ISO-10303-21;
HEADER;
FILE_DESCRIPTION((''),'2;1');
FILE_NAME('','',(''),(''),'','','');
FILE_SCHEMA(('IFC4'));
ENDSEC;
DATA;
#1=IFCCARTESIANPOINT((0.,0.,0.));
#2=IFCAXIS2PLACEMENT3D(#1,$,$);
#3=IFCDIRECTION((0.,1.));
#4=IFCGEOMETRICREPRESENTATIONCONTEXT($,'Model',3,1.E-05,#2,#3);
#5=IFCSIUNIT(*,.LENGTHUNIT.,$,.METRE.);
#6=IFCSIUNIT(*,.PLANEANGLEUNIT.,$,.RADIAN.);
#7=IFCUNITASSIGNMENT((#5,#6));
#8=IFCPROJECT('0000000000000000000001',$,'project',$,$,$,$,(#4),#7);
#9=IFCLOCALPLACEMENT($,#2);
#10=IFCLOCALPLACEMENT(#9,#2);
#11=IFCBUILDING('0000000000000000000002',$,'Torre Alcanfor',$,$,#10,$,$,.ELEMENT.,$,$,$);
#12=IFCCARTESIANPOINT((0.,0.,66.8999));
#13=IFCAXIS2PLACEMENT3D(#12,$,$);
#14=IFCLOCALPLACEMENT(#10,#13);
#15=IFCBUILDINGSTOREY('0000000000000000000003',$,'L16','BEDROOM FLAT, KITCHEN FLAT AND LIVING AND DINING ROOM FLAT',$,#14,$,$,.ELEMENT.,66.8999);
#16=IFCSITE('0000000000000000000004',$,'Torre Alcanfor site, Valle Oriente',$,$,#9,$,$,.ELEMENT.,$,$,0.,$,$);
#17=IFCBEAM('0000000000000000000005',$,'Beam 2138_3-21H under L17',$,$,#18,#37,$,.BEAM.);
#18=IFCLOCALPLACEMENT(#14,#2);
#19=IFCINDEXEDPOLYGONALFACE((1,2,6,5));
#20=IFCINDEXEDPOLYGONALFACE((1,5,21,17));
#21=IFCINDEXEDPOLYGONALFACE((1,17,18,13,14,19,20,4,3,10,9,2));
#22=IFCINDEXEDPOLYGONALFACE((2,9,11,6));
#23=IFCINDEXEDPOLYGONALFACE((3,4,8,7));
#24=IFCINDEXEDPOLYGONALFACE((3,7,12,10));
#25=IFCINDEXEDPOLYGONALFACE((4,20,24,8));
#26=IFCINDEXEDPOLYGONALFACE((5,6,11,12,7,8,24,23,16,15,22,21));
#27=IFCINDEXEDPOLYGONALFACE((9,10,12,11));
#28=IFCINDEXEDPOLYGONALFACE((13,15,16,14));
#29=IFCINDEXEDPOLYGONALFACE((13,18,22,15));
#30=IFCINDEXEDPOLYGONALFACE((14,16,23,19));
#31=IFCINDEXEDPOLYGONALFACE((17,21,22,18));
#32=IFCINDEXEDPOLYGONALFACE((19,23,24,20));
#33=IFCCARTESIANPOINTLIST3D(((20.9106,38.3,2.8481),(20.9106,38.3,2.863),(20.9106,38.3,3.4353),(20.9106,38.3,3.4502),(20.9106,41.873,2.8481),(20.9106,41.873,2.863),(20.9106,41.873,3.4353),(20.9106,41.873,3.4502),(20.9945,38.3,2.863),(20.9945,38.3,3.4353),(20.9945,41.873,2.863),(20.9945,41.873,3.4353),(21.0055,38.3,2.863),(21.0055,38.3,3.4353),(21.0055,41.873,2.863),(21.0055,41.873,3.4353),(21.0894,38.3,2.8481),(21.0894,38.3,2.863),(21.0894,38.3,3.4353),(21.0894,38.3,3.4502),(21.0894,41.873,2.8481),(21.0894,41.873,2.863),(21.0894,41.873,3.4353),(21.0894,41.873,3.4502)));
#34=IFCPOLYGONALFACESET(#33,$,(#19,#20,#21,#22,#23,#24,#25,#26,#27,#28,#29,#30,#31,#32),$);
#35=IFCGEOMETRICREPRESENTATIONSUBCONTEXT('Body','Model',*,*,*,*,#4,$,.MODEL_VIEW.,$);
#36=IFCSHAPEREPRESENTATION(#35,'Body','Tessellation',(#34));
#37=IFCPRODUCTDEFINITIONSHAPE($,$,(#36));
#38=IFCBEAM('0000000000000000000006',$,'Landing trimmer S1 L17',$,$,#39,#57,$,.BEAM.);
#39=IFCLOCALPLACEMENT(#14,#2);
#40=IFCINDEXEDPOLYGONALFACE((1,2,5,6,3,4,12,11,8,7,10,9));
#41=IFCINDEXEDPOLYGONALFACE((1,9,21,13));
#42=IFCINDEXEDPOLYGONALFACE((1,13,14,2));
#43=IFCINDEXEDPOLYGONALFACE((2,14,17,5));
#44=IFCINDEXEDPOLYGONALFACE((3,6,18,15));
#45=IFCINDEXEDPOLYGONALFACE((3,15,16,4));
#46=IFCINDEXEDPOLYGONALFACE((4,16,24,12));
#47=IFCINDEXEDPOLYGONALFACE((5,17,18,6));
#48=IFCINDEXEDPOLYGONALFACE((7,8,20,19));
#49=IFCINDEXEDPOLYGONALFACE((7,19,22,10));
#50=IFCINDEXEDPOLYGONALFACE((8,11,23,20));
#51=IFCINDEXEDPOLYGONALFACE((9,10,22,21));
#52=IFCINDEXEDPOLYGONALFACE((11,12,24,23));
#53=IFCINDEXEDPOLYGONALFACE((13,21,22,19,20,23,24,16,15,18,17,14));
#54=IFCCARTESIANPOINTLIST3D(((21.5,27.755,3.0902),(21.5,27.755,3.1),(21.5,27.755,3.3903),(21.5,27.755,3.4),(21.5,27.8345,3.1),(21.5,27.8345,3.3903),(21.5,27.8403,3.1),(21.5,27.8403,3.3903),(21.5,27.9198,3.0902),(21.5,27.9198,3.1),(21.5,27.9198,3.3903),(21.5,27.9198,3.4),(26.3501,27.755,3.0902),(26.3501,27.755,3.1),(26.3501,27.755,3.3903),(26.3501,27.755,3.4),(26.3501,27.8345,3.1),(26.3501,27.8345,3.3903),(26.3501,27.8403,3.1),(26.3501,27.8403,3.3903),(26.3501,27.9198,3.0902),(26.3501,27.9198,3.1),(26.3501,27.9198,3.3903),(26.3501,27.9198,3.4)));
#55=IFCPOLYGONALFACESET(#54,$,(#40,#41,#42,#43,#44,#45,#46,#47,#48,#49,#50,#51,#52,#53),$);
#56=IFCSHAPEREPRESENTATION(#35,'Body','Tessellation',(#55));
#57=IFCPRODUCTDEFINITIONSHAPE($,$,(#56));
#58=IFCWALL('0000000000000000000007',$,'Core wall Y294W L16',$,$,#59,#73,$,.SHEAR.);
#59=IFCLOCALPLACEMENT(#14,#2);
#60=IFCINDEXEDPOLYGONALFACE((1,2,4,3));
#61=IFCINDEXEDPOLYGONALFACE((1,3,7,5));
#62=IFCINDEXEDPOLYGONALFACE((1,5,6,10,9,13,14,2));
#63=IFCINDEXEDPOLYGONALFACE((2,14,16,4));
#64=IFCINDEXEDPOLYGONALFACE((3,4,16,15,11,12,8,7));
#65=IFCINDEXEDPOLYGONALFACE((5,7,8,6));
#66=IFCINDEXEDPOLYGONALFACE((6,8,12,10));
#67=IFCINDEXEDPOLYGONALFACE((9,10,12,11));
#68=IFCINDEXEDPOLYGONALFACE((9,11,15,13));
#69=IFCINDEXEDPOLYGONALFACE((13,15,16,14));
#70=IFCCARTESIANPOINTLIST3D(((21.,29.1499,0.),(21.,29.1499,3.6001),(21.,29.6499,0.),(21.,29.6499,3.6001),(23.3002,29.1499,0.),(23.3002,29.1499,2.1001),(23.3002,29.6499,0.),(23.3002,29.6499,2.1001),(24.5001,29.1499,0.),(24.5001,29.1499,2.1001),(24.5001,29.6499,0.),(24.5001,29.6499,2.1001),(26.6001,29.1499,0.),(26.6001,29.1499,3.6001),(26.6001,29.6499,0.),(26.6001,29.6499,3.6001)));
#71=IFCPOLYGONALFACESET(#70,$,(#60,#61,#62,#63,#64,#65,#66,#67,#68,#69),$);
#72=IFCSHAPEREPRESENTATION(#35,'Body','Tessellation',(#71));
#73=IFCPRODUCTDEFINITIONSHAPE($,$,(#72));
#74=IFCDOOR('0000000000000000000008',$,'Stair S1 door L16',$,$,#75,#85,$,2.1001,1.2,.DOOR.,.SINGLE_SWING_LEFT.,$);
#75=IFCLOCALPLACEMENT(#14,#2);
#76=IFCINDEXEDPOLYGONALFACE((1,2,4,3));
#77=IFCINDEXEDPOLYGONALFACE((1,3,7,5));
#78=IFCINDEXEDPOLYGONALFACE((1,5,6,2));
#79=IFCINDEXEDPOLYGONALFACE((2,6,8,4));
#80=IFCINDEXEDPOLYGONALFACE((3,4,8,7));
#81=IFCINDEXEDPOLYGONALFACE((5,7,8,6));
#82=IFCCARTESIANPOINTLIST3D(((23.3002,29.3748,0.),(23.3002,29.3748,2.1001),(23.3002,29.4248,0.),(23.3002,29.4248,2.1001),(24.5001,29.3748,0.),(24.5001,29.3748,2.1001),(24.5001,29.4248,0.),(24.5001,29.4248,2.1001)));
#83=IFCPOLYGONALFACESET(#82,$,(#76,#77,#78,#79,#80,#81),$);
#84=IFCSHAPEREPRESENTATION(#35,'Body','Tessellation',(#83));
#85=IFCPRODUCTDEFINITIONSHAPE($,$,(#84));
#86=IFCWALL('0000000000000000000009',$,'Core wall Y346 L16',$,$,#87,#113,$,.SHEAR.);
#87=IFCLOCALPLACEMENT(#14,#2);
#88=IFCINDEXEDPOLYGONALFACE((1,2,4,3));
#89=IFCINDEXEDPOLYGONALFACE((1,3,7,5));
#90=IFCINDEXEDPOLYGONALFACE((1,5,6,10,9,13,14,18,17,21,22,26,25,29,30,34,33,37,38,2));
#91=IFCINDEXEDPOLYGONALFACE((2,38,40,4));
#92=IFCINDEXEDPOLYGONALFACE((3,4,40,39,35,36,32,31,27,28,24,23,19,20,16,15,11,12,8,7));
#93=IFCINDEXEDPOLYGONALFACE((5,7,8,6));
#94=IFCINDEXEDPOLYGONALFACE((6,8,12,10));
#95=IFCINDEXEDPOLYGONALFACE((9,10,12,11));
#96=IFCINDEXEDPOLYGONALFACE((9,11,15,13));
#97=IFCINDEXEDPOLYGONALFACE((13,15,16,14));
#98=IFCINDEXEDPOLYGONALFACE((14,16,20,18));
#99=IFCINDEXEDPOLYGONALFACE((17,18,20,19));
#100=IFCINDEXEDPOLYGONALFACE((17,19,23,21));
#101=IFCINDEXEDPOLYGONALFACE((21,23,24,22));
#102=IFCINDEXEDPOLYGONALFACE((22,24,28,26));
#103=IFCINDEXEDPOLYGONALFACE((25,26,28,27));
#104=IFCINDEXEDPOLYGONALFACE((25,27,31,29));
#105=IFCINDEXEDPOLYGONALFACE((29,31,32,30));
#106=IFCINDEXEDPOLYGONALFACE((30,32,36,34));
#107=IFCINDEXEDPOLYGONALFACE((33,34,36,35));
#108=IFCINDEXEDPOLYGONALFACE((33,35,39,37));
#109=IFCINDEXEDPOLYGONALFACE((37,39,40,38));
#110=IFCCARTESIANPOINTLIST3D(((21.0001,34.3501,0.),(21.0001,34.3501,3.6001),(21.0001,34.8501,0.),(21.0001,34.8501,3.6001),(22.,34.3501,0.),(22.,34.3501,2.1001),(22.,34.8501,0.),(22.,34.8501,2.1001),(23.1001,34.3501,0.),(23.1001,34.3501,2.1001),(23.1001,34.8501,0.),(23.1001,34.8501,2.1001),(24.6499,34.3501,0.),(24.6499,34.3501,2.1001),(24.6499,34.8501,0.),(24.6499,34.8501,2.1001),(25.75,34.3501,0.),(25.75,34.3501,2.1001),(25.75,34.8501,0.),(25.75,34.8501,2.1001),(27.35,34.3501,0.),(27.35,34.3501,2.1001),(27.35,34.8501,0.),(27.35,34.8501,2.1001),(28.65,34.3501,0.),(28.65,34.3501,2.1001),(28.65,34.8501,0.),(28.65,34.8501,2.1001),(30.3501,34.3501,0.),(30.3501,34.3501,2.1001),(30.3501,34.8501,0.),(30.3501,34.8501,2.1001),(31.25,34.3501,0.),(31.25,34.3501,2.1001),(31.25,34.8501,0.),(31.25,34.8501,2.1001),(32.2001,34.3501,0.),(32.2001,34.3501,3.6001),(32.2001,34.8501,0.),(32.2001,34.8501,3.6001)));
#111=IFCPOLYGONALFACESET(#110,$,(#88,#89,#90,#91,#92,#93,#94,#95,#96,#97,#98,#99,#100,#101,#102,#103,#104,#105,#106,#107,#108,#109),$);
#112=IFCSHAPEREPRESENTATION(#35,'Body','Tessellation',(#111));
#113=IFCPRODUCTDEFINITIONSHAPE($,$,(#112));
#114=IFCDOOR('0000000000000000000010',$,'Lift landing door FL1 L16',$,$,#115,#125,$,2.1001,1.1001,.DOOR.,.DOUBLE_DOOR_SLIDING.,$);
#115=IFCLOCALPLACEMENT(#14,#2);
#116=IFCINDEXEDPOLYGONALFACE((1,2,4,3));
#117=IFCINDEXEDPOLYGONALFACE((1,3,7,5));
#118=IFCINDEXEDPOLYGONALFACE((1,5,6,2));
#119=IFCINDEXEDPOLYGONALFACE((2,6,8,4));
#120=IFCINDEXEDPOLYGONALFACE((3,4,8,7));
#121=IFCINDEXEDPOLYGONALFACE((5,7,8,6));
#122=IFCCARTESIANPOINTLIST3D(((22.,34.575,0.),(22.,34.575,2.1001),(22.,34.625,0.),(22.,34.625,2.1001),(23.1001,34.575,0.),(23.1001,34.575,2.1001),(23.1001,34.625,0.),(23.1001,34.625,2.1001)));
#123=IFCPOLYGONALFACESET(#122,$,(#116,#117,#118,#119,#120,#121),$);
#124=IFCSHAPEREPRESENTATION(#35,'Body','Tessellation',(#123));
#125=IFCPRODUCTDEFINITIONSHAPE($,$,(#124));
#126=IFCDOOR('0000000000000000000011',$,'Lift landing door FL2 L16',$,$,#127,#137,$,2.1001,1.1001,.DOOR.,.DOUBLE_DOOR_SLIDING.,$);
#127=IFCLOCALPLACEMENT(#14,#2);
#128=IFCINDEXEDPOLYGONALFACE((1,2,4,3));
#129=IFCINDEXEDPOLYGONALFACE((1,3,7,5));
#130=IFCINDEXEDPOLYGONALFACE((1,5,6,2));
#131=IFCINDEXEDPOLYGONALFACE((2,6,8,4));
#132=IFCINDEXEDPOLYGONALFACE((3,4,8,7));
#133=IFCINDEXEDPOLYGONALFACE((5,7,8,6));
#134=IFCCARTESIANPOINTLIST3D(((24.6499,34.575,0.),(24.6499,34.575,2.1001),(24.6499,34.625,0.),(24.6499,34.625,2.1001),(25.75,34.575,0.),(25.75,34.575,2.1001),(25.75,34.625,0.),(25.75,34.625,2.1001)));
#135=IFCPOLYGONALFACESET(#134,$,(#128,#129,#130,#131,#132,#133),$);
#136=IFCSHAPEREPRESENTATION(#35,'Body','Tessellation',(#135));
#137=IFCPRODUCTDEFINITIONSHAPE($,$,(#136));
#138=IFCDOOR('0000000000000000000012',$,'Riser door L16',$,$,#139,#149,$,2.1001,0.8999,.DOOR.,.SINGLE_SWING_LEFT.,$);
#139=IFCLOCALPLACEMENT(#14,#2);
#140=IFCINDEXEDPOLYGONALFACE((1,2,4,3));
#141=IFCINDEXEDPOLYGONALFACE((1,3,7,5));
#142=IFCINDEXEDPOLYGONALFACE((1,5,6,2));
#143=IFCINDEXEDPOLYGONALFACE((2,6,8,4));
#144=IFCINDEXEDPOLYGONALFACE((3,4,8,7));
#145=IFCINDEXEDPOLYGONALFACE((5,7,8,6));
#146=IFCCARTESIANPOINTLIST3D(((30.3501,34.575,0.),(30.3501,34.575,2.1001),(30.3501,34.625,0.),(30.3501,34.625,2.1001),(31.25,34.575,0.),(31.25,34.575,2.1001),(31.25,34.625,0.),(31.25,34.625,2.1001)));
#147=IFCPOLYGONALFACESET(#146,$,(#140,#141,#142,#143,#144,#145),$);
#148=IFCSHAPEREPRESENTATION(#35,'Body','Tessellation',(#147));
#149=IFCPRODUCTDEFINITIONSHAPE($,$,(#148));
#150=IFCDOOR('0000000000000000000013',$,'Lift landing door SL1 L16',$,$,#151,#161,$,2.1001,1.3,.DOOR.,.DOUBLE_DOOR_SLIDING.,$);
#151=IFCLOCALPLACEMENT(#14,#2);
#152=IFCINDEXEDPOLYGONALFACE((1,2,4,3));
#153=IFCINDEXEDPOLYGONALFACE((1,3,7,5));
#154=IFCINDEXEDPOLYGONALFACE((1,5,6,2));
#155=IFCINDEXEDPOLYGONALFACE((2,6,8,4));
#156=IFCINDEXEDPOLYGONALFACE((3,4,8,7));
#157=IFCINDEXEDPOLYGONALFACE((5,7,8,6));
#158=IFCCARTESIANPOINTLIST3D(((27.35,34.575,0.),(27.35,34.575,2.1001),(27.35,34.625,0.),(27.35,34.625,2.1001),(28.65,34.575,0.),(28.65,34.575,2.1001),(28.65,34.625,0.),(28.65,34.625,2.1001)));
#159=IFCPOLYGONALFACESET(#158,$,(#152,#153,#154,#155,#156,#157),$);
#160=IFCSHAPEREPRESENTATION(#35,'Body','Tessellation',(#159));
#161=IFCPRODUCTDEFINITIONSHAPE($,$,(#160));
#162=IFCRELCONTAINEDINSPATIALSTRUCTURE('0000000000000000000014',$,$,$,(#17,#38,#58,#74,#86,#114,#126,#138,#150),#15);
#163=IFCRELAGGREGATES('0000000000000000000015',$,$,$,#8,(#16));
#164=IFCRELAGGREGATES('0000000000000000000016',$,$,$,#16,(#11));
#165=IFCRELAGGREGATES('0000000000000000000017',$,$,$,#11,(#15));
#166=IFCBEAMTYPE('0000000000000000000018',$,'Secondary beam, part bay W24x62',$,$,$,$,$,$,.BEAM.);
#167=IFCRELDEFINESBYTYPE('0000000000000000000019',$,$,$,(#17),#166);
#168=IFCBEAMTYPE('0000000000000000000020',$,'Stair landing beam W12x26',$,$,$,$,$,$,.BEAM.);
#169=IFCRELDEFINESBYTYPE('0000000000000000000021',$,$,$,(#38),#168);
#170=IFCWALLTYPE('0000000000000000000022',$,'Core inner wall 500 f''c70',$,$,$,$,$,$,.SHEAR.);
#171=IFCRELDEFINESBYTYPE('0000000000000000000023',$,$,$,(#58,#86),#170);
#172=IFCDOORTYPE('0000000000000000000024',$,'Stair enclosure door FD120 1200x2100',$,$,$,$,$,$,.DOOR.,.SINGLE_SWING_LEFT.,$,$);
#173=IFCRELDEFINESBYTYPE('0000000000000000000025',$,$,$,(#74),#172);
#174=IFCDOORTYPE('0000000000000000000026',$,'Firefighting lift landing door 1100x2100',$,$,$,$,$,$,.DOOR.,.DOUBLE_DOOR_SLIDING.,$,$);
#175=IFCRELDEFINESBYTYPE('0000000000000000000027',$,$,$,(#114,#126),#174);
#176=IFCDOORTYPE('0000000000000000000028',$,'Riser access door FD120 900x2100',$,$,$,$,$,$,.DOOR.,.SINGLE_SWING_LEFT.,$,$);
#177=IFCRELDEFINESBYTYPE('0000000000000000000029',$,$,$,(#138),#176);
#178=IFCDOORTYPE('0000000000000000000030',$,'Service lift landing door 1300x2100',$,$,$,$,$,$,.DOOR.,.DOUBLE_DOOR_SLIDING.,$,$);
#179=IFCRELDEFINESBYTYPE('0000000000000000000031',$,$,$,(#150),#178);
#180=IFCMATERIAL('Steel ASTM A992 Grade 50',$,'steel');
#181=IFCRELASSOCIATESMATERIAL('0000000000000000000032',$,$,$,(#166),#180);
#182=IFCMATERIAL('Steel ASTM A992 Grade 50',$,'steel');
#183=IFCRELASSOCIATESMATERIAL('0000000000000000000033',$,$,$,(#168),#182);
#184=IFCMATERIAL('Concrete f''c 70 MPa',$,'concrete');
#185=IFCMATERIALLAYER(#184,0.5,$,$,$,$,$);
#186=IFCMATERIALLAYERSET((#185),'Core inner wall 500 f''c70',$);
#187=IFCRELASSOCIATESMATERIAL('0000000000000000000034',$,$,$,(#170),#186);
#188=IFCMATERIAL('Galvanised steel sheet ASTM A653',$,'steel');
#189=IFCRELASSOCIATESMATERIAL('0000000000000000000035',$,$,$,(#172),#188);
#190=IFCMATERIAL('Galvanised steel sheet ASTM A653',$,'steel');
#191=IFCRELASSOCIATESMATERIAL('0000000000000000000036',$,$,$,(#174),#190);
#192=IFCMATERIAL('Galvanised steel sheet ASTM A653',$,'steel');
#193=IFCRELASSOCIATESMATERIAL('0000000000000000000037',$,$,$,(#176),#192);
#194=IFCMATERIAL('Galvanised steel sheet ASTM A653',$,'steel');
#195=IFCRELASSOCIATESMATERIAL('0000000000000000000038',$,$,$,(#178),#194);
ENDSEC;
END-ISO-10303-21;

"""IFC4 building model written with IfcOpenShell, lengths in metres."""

from ifc_helpers import new_model, si_unit, direction, frame, frame_2d, origin, origin_2d, place, context, subcontext, project, spatial, rectangle, i_section, extrude, material, layer, layer_set, material_profile, profile_set, type_object, element, fill, save


model = new_model("IFC4")

# Units and contexts
model_context = context("Model", 3, precision=1e-05, world=origin(), true_north=direction((0.0, 1.0)))
body_context = subcontext(model_context, "Body", "Model", "MODEL_VIEW")
ifc_project = project(units=[si_unit("LENGTHUNIT", "METRE"), si_unit("PLANEANGLEUNIT", "RADIAN")], contexts=[model_context])

# Site, building, storey
site_placement = place(None, origin())
site = spatial("IfcSite", under=ifc_project, at=site_placement, Name="Torre Alcanfor site, Valle Oriente", CompositionType="ELEMENT", RefElevation=0.0)
building_placement = place(site_placement, origin())
building = spatial("IfcBuilding", under=site, at=building_placement, Name="Torre Alcanfor", CompositionType="ELEMENT")
storey_placement = place(building_placement, frame((0.0, 0.0, 66.8999)))
storey = spatial("IfcBuildingStorey", under=building, at=storey_placement, Name="L16", Description="BEDROOM FLAT, KITCHEN FLAT AND LIVING AND DINING ROOM FLAT", CompositionType="ELEMENT", Elevation=66.8999)

# Beams
ifc_material_1 = material(Name="Steel ASTM A992 Grade 50", Category="steel")
ifc_material_profile_1 = material_profile(ifc_material_1, i_section(OverallWidth=0.1787, OverallDepth=0.6021, WebThickness=0.011, FlangeThickness=0.0149, at=origin_2d()), Name="W24x62")
ifc_profile_set_1 = profile_set([ifc_material_profile_1], Name="Steel ASTM A992 Grade 50")
beam_type_1 = type_object("IfcBeamType", Name="Secondary beam, part bay W24x62", PredefinedType="BEAM", material=ifc_profile_set_1)
beam_1_placement = place(storey_placement, frame((21.0, 38.3, 3.1492), z_axis=(0.0, 1.0, 0.0), x_axis=(-1.0, 0.0, 0.0)))
element("IfcBeam", 1, at=beam_1_placement, inside=storey, type_object=beam_type_1, Name="Beam 2138_3-21H under L17", PredefinedType="BEAM", context=body_context, shape_type="SweptSolid", body=[
    extrude(i_section(OverallWidth=0.1787, OverallDepth=0.6021, WebThickness=0.011, FlangeThickness=0.0149, at=origin_2d()), origin(), (0.0, 0.0, 1.0), 3.573),
])
ifc_material_2 = material(Name="Steel ASTM A992 Grade 50", Category="steel")
ifc_material_profile_2 = material_profile(ifc_material_2, i_section(OverallWidth=0.1648, OverallDepth=0.3098, WebThickness=0.0059, FlangeThickness=0.0098, at=origin_2d()), Name="W12x26")
ifc_profile_set_2 = profile_set([ifc_material_profile_2], Name="Steel ASTM A992 Grade 50")
beam_type_2 = type_object("IfcBeamType", Name="Stair landing beam W12x26", PredefinedType="BEAM", material=ifc_profile_set_2)
beam_2_placement = place(storey_placement, frame((21.5, 27.8374, 3.2451), z_axis=(1.0, 0.0, 0.0), x_axis=(0.0, 1.0, 0.0)))
element("IfcBeam", 2, at=beam_2_placement, inside=storey, type_object=beam_type_2, Name="Landing trimmer S1 L17", PredefinedType="BEAM", context=body_context, shape_type="SweptSolid", body=[
    extrude(i_section(OverallWidth=0.1648, OverallDepth=0.3098, WebThickness=0.0059, FlangeThickness=0.0098, at=origin_2d()), origin(), (0.0, 0.0, 1.0), 4.8501),
])

# Wall, opening, door
ifc_material_3 = material(Name="Concrete f'c 70 MPa", Category="concrete")
ifc_layer_1 = layer(ifc_material_3, 0.5)
ifc_layer_set_1 = layer_set([ifc_layer_1], Name="Core inner wall 500 f'c70")
wall_type_1 = type_object("IfcWallType", Name="Core inner wall 500 f'c70", PredefinedType="SHEAR", material=ifc_layer_set_1)
wall_1_placement = place(storey_placement, frame((21.0, 29.3999, 0.0), z_axis=(0.0, 0.0, 1.0), x_axis=(1.0, 0.0, 0.0)))
wall_1 = element("IfcWall", 3, at=wall_1_placement, inside=storey, type_object=wall_type_1, Name="Core wall Y294W L16", PredefinedType="SHEAR", context=body_context, shape_type="SweptSolid", body=[
    extrude(rectangle(XDim=5.6001, YDim=0.5, at=frame_2d((2.8, 0.0))), origin(), (0.0, 0.0, 1.0), 3.6001),
])
opening_1_placement = place(wall_1_placement, frame((2.3, 0.0, 0.0)))
opening_1 = element("IfcOpeningElement", 4, at=opening_1_placement, cuts=wall_1, PredefinedType="OPENING", context=body_context, shape_type="SweptSolid", body=[
    extrude(rectangle(XDim=1.2, YDim=2.1001, at=frame_2d((0.6001, 1.05))), frame((0.0, 0.26, 0.0), z_axis=(0.0, -1.0, 0.0), x_axis=(1.0, 0.0, 0.0)), (0.0, 0.0, 1.0), 0.52),
])
ifc_material_4 = material(Name="Galvanised steel sheet ASTM A653", Category="steel")
door_type_1 = type_object("IfcDoorType", Name="Stair enclosure door FD120 1200x2100", OperationType="SINGLE_SWING_LEFT", PredefinedType="DOOR", material=ifc_material_4)
door_1_placement = place(opening_1_placement, frame((1.2, 0.0, 0.0), z_axis=(0.0, 0.0, 1.0), x_axis=(-1.0, 0.0, 0.0)))
door_1 = element("IfcDoor", 5, at=door_1_placement, inside=storey, type_object=door_type_1, Name="Stair S1 door L16", OperationType="SINGLE_SWING_LEFT", OverallHeight=2.1001, OverallWidth=1.2, PredefinedType="DOOR", context=body_context, shape_type="SweptSolid", body=[
    extrude(rectangle(XDim=1.2, YDim=2.1001, at=frame_2d((0.5999, 1.05))), frame((0.0, 0.0251, 0.0), z_axis=(0.0, -1.0, 0.0), x_axis=(1.0, 0.0, 0.0)), (0.0, 0.0, 1.0), 0.05),
])
fill(opening_1, door_1)

# Wall, openings, doors
wall_2_placement = place(storey_placement, frame((21.0, 34.6001, 0.0), z_axis=(0.0, 0.0, 1.0), x_axis=(1.0, 0.0, 0.0)))
wall_2 = element("IfcWall", 6, at=wall_2_placement, inside=storey, type_object=wall_type_1, Name="Core wall Y346 L16", PredefinedType="SHEAR", context=body_context, shape_type="SweptSolid", body=[
    extrude(rectangle(XDim=11.2, YDim=0.5, at=frame_2d((5.6001, 0.0))), origin(), (0.0, 0.0, 1.0), 3.6001),
])
opening_2_placement = place(wall_2_placement, frame((9.3501, 0.0, 0.0)))
opening_2 = element("IfcOpeningElement", 7, at=opening_2_placement, cuts=wall_2, PredefinedType="OPENING", context=body_context, shape_type="SweptSolid", body=[
    extrude(rectangle(XDim=0.8999, YDim=2.1001, at=frame_2d((0.45, 1.05))), frame((0.0, 0.26, 0.0), z_axis=(0.0, -1.0, 0.0), x_axis=(1.0, 0.0, 0.0)), (0.0, 0.0, 1.0), 0.52),
])
opening_3_placement = place(wall_2_placement, frame((1.0, 0.0, 0.0)))
opening_3 = element("IfcOpeningElement", 8, at=opening_3_placement, cuts=wall_2, PredefinedType="OPENING", context=body_context, shape_type="SweptSolid", body=[
    extrude(rectangle(XDim=1.1001, YDim=2.1001, at=frame_2d((0.55, 1.05))), frame((0.0, 0.26, 0.0), z_axis=(0.0, -1.0, 0.0), x_axis=(1.0, 0.0, 0.0)), (0.0, 0.0, 1.0), 0.52),
])
opening_4_placement = place(wall_2_placement, frame((3.6499, 0.0, 0.0)))
opening_4 = element("IfcOpeningElement", 9, at=opening_4_placement, cuts=wall_2, PredefinedType="OPENING", context=body_context, shape_type="SweptSolid", body=[
    extrude(rectangle(XDim=1.1001, YDim=2.1001, at=frame_2d((0.55, 1.05))), frame((0.0, 0.26, 0.0), z_axis=(0.0, -1.0, 0.0), x_axis=(1.0, 0.0, 0.0)), (0.0, 0.0, 1.0), 0.52),
])
opening_5_placement = place(wall_2_placement, frame((6.3501, 0.0, 0.0)))
opening_5 = element("IfcOpeningElement", 10, at=opening_5_placement, cuts=wall_2, PredefinedType="OPENING", context=body_context, shape_type="SweptSolid", body=[
    extrude(rectangle(XDim=1.3, YDim=2.1001, at=frame_2d((0.6499, 1.05))), frame((0.0, 0.26, 0.0), z_axis=(0.0, -1.0, 0.0), x_axis=(1.0, 0.0, 0.0)), (0.0, 0.0, 1.0), 0.52),
])
ifc_material_5 = material(Name="Galvanised steel sheet ASTM A653", Category="steel")
door_type_2 = type_object("IfcDoorType", Name="Firefighting lift landing door 1100x2100", OperationType="DOUBLE_DOOR_SLIDING", PredefinedType="DOOR", material=ifc_material_5)
door_2_placement = place(opening_3_placement, origin())
door_2 = element("IfcDoor", 11, at=door_2_placement, inside=storey, type_object=door_type_2, Name="Lift landing door FL1 L16", OperationType="DOUBLE_DOOR_SLIDING", OverallHeight=2.1001, OverallWidth=1.1001, PredefinedType="DOOR", context=body_context, shape_type="SweptSolid", body=[
    extrude(rectangle(XDim=1.1001, YDim=2.1001, at=frame_2d((0.55, 1.05))), frame((0.0, 0.0249, 0.0), z_axis=(0.0, -1.0, 0.0), x_axis=(1.0, 0.0, 0.0)), (0.0, 0.0, 1.0), 0.05),
])
fill(opening_3, door_2)
door_3_placement = place(opening_4_placement, origin())
door_3 = element("IfcDoor", 12, at=door_3_placement, inside=storey, type_object=door_type_2, Name="Lift landing door FL2 L16", OperationType="DOUBLE_DOOR_SLIDING", OverallHeight=2.1001, OverallWidth=1.1001, PredefinedType="DOOR", context=body_context, shape_type="SweptSolid", body=[
    extrude(rectangle(XDim=1.1001, YDim=2.1001, at=frame_2d((0.55, 1.05))), frame((0.0, 0.0249, 0.0), z_axis=(0.0, -1.0, 0.0), x_axis=(1.0, 0.0, 0.0)), (0.0, 0.0, 1.0), 0.05),
])
fill(opening_4, door_3)
ifc_material_6 = material(Name="Galvanised steel sheet ASTM A653", Category="steel")
door_type_3 = type_object("IfcDoorType", Name="Riser access door FD120 900x2100", OperationType="SINGLE_SWING_LEFT", PredefinedType="DOOR", material=ifc_material_6)
door_4_placement = place(opening_2_placement, origin())
door_4 = element("IfcDoor", 13, at=door_4_placement, inside=storey, type_object=door_type_3, Name="Riser door L16", OperationType="SINGLE_SWING_LEFT", OverallHeight=2.1001, OverallWidth=0.8999, PredefinedType="DOOR", context=body_context, shape_type="SweptSolid", body=[
    extrude(rectangle(XDim=0.8999, YDim=2.1001, at=frame_2d((0.45, 1.05))), frame((0.0, 0.0249, 0.0), z_axis=(0.0, -1.0, 0.0), x_axis=(1.0, 0.0, 0.0)), (0.0, 0.0, 1.0), 0.05),
])
fill(opening_2, door_4)
ifc_material_7 = material(Name="Galvanised steel sheet ASTM A653", Category="steel")
door_type_4 = type_object("IfcDoorType", Name="Service lift landing door 1300x2100", OperationType="DOUBLE_DOOR_SLIDING", PredefinedType="DOOR", material=ifc_material_7)
door_5_placement = place(opening_5_placement, origin())
door_5 = element("IfcDoor", 14, at=door_5_placement, inside=storey, type_object=door_type_4, Name="Lift landing door SL1 L16", OperationType="DOUBLE_DOOR_SLIDING", OverallHeight=2.1001, OverallWidth=1.3, PredefinedType="DOOR", context=body_context, shape_type="SweptSolid", body=[
    extrude(rectangle(XDim=1.3, YDim=2.1001, at=frame_2d((0.6499, 1.05))), frame((0.0, 0.0249, 0.0), z_axis=(0.0, -1.0, 0.0), x_axis=(1.0, 0.0, 0.0)), (0.0, 0.0, 1.0), 0.05),
])
fill(opening_5, door_5)

save(model, "model.ifc")
